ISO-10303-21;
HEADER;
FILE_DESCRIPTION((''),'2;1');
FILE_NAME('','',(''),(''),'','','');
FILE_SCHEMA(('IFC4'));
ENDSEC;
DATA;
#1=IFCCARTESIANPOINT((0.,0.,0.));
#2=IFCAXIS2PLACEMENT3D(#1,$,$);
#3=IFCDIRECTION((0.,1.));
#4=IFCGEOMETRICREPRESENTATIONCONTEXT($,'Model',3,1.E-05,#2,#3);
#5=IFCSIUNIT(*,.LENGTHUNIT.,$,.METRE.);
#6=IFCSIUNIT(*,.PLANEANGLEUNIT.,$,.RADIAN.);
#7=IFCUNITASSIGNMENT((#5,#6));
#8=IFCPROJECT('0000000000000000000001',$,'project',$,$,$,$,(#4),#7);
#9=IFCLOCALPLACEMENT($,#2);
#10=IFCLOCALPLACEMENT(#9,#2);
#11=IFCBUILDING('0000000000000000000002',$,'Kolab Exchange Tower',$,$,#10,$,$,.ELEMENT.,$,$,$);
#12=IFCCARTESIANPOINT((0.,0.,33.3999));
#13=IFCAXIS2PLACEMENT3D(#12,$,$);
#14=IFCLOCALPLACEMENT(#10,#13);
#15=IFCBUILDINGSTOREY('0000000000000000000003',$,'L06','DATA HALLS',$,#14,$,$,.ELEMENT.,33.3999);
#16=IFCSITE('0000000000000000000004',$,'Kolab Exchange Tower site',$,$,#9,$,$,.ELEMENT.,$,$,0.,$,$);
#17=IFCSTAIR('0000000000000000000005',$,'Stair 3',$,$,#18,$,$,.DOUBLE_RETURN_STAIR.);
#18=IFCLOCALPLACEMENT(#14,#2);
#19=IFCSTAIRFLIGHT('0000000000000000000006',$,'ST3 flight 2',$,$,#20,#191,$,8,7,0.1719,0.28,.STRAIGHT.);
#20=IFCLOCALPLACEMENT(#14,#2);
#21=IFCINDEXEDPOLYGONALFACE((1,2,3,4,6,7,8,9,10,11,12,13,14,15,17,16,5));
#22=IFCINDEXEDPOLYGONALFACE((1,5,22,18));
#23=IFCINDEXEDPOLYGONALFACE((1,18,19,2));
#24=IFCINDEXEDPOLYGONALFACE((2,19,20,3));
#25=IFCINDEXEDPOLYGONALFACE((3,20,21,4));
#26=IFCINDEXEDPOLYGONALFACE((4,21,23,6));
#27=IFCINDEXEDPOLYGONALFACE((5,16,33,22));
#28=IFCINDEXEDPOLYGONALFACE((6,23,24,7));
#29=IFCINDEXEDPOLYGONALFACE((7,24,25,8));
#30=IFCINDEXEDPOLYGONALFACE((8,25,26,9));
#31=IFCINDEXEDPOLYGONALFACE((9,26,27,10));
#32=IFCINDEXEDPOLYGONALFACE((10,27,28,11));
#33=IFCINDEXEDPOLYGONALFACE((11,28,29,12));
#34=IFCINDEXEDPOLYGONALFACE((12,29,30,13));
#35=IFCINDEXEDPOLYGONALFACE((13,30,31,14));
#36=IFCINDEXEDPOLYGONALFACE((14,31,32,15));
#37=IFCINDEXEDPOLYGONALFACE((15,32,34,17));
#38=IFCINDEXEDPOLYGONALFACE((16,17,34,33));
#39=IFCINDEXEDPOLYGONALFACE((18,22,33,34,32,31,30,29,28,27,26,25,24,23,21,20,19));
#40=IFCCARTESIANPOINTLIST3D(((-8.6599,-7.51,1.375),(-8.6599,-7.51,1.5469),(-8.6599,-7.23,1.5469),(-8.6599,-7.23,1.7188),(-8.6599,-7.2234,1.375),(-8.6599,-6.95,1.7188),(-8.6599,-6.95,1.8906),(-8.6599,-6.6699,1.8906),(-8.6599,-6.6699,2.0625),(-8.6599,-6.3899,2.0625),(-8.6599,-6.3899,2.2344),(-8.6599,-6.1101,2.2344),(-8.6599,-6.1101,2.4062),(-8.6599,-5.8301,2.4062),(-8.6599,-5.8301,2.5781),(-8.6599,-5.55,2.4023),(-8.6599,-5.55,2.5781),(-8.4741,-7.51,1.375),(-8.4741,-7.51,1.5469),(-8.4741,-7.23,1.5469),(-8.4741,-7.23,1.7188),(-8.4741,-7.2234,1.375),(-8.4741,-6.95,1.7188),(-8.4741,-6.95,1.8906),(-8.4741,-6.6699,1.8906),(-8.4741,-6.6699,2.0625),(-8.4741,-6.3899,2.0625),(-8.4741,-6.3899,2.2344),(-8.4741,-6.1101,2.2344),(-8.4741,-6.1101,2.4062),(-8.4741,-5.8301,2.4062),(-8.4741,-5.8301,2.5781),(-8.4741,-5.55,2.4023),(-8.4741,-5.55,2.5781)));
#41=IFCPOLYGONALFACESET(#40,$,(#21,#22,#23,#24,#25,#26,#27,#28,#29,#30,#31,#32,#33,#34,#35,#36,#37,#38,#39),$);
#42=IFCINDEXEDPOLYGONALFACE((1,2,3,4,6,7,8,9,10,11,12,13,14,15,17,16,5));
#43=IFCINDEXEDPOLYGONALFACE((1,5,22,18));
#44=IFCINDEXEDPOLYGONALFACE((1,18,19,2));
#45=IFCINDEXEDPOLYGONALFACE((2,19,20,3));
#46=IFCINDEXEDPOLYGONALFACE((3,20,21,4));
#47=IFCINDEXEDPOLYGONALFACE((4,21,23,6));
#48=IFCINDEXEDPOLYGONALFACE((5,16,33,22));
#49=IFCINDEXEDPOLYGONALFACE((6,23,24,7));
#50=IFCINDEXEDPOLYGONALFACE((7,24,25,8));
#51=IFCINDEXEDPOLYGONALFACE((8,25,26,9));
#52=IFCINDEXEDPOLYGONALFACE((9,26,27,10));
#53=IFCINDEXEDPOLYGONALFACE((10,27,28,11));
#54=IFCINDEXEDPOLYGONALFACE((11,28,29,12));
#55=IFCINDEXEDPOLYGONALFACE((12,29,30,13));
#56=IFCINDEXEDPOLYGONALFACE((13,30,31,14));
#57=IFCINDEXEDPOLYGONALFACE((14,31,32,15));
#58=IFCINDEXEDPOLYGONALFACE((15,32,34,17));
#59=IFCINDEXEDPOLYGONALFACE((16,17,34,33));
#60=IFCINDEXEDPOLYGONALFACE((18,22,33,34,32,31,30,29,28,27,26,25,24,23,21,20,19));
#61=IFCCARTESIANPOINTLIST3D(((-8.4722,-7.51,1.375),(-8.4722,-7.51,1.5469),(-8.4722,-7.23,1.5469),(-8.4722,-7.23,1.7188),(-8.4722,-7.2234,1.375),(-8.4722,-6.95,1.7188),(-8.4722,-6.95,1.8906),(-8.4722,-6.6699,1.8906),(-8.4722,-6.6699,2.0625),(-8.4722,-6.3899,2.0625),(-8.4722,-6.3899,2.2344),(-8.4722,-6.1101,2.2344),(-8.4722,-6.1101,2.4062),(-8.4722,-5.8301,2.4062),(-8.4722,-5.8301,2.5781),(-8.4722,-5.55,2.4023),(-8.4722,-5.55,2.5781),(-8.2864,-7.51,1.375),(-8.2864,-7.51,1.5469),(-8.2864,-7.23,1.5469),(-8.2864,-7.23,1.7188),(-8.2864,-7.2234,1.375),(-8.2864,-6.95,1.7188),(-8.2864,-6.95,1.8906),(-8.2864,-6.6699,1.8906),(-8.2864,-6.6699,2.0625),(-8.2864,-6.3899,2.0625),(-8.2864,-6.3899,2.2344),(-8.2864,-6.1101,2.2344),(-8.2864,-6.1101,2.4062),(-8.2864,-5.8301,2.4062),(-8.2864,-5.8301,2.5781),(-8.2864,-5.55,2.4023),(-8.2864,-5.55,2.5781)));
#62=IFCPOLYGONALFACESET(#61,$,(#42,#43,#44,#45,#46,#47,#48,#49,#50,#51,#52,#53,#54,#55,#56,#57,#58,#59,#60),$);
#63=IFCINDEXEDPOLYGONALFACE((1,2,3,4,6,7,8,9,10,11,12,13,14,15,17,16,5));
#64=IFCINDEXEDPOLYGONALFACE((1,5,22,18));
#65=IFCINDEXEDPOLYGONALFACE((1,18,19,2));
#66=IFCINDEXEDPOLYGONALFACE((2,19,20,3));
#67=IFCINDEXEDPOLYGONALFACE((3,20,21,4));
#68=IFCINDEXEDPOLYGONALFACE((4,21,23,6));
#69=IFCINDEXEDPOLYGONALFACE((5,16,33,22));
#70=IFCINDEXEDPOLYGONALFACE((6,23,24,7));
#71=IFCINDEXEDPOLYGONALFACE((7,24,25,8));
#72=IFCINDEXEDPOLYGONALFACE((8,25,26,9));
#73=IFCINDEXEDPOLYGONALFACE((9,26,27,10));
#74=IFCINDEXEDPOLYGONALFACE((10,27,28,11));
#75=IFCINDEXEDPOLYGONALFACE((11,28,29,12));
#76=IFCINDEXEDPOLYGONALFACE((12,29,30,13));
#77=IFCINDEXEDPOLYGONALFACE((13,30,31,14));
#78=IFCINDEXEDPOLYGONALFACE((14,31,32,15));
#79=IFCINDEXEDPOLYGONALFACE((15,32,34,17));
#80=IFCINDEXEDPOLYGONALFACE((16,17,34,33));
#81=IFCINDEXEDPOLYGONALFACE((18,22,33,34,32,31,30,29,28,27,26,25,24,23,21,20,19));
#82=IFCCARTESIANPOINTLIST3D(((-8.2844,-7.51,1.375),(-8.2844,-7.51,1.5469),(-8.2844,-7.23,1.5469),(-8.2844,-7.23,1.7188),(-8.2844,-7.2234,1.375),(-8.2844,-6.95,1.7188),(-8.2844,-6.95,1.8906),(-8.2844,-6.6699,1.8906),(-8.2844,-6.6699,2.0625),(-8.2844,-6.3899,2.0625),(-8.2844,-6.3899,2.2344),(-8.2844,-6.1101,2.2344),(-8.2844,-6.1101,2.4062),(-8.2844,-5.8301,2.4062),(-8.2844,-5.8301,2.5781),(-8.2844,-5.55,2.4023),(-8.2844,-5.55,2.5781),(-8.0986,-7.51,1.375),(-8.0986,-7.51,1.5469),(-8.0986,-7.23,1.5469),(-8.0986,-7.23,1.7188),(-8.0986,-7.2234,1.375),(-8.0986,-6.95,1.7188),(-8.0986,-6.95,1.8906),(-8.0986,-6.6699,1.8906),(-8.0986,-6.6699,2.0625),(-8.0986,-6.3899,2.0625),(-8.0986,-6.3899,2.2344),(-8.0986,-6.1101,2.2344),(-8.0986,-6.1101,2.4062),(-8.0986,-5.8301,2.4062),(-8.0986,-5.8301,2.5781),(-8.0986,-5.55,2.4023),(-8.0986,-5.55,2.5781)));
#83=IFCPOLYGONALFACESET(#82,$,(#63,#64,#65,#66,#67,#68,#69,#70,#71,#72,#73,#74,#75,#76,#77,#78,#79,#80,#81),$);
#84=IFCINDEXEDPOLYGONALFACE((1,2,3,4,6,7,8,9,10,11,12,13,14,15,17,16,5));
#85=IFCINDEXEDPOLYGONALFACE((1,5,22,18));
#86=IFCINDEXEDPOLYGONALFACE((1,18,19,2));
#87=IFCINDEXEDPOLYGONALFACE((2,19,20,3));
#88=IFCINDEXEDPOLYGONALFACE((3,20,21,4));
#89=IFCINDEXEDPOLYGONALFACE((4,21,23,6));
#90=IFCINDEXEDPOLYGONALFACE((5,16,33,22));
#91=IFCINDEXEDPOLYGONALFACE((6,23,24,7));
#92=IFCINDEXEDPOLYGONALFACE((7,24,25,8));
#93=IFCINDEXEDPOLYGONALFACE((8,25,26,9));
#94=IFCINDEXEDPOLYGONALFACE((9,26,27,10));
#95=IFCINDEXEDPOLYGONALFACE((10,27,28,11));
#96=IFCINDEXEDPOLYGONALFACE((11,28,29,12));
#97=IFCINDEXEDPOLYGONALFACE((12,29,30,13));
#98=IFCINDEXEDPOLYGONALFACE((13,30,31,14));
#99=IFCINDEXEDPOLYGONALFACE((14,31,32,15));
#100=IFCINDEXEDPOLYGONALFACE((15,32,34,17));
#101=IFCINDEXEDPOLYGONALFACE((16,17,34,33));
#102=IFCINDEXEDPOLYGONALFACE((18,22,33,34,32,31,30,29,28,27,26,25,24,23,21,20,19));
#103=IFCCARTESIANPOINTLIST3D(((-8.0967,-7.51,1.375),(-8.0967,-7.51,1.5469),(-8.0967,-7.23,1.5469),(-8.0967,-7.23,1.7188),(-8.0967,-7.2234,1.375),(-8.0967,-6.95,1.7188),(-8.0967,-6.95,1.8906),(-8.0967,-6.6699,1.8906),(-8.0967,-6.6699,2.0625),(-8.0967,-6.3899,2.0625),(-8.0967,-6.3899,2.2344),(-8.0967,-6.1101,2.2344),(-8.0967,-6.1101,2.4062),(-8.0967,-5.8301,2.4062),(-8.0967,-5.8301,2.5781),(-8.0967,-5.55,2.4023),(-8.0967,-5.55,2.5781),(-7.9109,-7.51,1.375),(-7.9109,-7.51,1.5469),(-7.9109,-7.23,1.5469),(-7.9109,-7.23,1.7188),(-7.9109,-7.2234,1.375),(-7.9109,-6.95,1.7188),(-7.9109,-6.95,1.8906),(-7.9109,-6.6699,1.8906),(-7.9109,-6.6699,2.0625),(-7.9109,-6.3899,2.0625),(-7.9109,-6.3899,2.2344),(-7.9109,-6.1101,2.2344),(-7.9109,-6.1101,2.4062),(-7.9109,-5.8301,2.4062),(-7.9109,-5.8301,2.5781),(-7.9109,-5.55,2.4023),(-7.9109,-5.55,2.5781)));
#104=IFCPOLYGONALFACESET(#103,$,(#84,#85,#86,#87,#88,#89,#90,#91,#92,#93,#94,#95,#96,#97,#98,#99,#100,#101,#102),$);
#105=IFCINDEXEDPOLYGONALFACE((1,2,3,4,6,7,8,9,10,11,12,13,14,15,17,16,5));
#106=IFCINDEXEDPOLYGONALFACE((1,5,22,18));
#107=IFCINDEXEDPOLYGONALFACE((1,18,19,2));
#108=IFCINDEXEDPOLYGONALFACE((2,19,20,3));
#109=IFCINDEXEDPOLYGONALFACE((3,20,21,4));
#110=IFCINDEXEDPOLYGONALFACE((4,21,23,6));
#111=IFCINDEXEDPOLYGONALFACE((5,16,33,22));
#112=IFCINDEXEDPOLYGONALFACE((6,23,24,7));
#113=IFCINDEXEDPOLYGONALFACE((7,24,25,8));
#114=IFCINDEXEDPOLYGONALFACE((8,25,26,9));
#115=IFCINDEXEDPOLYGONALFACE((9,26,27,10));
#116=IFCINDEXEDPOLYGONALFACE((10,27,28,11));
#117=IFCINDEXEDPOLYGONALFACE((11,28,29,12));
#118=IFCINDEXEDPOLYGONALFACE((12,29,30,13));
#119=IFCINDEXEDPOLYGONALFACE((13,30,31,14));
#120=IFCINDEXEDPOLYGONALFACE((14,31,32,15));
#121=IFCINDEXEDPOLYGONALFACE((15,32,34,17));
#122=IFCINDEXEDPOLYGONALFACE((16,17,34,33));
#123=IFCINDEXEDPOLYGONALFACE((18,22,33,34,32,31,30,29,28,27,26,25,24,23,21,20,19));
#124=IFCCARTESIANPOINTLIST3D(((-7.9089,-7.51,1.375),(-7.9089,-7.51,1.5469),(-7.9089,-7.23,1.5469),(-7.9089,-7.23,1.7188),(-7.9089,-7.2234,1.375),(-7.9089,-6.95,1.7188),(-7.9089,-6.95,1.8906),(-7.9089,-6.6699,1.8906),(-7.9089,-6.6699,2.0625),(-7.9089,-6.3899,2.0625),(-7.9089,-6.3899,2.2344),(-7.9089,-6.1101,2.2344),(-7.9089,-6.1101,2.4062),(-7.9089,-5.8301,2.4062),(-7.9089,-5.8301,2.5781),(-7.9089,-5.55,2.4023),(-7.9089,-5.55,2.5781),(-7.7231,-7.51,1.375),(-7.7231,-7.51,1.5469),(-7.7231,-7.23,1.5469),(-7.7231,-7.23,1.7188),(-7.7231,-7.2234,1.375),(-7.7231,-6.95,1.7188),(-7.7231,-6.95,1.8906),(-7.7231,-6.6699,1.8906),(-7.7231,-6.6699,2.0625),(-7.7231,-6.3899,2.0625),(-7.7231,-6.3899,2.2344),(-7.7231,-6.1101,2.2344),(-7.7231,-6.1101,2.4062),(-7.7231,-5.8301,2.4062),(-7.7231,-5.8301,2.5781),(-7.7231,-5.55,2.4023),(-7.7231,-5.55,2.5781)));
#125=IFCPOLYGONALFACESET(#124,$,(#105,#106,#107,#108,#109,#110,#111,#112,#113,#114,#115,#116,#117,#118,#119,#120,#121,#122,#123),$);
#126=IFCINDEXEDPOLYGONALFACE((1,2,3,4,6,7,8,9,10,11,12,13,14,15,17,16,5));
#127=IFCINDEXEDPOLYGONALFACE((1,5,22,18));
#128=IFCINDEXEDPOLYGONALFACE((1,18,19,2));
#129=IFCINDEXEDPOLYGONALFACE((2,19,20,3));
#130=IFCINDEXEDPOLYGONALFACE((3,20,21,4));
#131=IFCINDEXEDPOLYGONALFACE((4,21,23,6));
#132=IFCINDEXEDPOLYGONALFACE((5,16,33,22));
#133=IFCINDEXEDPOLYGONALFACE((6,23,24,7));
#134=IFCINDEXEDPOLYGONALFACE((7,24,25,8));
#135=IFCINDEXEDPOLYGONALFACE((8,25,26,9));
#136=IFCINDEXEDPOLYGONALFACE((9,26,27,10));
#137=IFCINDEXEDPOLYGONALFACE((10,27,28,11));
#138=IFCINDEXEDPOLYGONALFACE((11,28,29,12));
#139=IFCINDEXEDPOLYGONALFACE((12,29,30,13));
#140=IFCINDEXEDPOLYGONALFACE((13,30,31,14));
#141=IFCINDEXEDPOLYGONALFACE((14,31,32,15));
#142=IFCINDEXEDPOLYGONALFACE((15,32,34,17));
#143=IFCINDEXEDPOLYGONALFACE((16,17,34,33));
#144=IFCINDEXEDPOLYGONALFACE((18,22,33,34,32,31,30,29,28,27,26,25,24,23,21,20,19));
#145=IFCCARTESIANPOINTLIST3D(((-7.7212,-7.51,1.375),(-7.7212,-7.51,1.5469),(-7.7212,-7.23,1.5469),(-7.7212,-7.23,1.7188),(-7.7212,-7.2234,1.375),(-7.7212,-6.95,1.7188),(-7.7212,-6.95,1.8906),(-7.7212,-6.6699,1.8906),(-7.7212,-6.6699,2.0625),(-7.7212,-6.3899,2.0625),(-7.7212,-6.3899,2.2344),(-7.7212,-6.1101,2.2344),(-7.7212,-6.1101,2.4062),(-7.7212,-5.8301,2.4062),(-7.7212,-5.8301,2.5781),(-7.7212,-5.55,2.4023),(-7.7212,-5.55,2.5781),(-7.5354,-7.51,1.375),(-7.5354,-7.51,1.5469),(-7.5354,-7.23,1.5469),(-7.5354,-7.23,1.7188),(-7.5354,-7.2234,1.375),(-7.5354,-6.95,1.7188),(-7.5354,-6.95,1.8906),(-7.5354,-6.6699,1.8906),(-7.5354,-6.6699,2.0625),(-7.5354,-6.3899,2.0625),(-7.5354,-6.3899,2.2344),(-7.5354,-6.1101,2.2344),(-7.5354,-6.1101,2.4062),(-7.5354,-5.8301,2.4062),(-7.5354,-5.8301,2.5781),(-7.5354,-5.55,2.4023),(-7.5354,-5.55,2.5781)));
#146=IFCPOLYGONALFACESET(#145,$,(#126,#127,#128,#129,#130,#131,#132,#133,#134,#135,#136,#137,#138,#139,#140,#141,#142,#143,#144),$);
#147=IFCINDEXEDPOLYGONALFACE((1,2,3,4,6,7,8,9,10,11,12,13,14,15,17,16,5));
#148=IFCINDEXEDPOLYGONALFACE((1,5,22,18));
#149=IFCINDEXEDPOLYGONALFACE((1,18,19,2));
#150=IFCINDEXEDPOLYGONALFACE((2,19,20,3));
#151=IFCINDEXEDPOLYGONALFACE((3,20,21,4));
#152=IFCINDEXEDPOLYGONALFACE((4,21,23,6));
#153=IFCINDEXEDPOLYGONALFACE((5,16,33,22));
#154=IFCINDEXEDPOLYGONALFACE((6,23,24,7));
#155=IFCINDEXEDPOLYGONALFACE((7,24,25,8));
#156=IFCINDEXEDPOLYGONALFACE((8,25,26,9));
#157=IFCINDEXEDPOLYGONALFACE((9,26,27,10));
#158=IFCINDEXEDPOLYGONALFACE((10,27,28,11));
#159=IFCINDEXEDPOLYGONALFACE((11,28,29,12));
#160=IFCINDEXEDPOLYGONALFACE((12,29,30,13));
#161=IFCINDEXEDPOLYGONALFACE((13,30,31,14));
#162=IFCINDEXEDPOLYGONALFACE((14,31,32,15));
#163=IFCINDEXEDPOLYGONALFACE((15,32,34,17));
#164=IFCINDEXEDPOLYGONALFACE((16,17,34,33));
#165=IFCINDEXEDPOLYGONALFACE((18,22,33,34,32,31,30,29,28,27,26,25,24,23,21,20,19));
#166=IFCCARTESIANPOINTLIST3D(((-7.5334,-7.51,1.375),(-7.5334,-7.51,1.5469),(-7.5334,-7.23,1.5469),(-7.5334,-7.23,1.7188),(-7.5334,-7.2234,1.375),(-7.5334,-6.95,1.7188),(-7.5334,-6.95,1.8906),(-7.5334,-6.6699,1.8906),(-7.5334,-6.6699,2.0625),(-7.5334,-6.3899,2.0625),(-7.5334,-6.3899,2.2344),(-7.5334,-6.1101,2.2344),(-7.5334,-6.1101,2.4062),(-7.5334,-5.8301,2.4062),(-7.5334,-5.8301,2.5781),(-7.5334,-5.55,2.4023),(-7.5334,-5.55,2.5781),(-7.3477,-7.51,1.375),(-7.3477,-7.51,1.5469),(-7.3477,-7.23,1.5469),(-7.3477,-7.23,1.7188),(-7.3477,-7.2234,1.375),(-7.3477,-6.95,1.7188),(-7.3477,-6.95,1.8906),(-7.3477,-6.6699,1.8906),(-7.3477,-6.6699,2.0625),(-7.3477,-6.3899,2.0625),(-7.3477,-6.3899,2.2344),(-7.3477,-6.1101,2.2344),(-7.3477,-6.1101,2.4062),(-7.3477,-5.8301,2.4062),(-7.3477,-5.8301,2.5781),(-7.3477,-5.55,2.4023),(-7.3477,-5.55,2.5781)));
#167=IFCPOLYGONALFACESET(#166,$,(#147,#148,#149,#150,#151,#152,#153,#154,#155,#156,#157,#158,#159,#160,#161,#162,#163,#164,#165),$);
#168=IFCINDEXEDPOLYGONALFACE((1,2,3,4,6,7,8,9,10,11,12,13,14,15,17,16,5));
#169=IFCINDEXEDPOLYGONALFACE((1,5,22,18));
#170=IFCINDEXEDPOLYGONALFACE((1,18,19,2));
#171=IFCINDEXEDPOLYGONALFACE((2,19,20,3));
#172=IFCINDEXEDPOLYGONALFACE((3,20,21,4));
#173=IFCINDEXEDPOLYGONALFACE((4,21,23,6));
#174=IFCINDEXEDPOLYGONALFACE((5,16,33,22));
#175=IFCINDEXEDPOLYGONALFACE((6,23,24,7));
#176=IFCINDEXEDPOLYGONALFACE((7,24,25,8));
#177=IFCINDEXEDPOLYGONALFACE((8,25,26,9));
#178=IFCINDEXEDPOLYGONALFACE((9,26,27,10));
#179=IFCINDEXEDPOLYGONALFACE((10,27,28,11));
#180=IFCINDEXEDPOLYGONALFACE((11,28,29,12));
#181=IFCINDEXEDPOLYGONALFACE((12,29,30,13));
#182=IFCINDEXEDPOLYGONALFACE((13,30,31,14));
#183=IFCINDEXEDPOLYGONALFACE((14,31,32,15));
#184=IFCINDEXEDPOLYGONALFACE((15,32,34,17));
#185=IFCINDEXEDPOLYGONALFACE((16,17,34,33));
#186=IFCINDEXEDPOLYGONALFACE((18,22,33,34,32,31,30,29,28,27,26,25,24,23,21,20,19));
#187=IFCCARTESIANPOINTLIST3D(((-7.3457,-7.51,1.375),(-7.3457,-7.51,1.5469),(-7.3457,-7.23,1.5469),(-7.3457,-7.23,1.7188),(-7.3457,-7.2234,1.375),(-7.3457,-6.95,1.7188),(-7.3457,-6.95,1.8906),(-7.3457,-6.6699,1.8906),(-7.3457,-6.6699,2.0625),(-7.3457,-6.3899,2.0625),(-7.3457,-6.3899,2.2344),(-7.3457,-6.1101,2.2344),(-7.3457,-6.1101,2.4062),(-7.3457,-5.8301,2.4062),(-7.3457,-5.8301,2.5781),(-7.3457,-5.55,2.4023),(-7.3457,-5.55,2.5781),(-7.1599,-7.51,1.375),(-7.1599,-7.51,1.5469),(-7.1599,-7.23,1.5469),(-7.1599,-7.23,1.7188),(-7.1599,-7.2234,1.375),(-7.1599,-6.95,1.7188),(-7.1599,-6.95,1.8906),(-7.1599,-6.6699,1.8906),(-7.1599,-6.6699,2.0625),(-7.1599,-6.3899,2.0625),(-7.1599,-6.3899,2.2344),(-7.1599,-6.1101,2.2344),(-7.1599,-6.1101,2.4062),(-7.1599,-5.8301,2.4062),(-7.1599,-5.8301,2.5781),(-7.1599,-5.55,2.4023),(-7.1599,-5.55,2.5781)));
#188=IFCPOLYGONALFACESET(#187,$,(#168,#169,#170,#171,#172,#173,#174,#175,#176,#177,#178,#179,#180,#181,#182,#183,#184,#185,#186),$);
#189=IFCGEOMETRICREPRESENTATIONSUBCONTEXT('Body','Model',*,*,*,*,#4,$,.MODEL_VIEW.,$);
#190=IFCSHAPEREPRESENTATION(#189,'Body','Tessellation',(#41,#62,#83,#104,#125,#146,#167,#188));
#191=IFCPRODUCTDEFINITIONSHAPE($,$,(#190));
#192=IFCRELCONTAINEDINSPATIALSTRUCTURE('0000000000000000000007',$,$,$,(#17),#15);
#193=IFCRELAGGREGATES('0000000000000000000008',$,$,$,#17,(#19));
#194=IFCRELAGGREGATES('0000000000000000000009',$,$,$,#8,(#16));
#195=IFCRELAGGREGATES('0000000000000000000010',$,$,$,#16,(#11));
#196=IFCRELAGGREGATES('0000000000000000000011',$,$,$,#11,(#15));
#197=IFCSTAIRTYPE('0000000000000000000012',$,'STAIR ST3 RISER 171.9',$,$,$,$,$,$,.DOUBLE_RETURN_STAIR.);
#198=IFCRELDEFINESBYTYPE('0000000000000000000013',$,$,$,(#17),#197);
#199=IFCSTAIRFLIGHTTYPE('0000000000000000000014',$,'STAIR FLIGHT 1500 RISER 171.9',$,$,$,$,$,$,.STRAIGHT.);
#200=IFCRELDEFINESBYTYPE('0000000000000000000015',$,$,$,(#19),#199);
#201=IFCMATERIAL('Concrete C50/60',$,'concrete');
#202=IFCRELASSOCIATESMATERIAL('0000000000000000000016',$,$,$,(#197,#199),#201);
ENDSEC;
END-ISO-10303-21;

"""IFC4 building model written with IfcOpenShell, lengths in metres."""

from ifc_helpers import new_model, si_unit, direction, frame, origin, place, context, subcontext, project, spatial, polyline, outline, extrude, material, type_object, element, aggregate, save


model = new_model("IFC4")

# Units and contexts
model_context = context("Model", 3, precision=1e-05, world=origin(), true_north=direction((0.0, 1.0)))
body_context = subcontext(model_context, "Body", "Model", "MODEL_VIEW")
ifc_project = project(units=[si_unit("LENGTHUNIT", "METRE"), si_unit("PLANEANGLEUNIT", "RADIAN")], contexts=[model_context])

# Site, building, storey
site_placement = place(None, origin())
site = spatial("IfcSite", under=ifc_project, at=site_placement, Name="Kolab Exchange Tower site", CompositionType="ELEMENT", RefElevation=0.0)
building_placement = place(site_placement, origin())
building = spatial("IfcBuilding", under=site, at=building_placement, Name="Kolab Exchange Tower", CompositionType="ELEMENT")
storey_placement = place(building_placement, frame((0.0, 0.0, 33.3999)))
storey = spatial("IfcBuildingStorey", under=building, at=storey_placement, Name="L06", Description="DATA HALLS", CompositionType="ELEMENT", Elevation=33.3999)

# Shared definitions
ifc_material_1 = material(Name="Concrete C50/60", Category="concrete")

# Stair, stair flight
stair_type = type_object("IfcStairType", Name="STAIR ST3 RISER 171.9", PredefinedType="DOUBLE_RETURN_STAIR", material=ifc_material_1)
stair_placement = place(storey_placement, origin())
stair = element("IfcStair", 1, at=stair_placement, inside=storey, type_object=stair_type, Name="Stair 3", PredefinedType="DOUBLE_RETURN_STAIR")
stair_flight_type = type_object("IfcStairFlightType", Name="STAIR FLIGHT 1500 RISER 171.9", PredefinedType="STRAIGHT", material=ifc_material_1)
stair_flight_1_placement = place(storey_placement, frame((-7.9099, -7.51, 1.375), z_axis=(0.0, 0.0, 1.0), x_axis=(0.0, 1.0, 0.0)))
stair_flight_1 = element("IfcStairFlight", 2, at=stair_flight_1_placement, type_object=stair_flight_type, Name="ST3 flight 2", NumberOfRisers=8, NumberOfTreads=7, PredefinedType="STRAIGHT", RiserHeight=0.1719, TreadLength=0.28, context=body_context, shape_type="SweptSolid", body=[
    extrude(outline(polyline([(0.0, 0.0), (0.0, 0.1719), (0.28, 0.1719), (0.28, 0.3438), (0.5601, 0.3438), (0.5601, 0.5156), (0.8401, 0.5156), (0.8401, 0.6875), (1.1201, 0.6875), (1.1201, 0.8594), (1.3999, 0.8594), (1.3999, 1.0312), (1.6799, 1.0312), (1.6799, 1.2031), (1.96, 1.2031), (1.96, 1.375), (1.96, 1.0273), (0.2866, 0.0), (0.0, 0.0)])), frame((0.0, 0.75, 0.0), z_axis=(0.0, -1.0, 0.0), x_axis=(1.0, 0.0, 0.0)), (0.0, 0.0, 1.0), 0.1858),
    extrude(outline(polyline([(0.0, 0.0), (0.0, 0.1719), (0.28, 0.1719), (0.28, 0.3438), (0.5601, 0.3438), (0.5601, 0.5156), (0.8401, 0.5156), (0.8401, 0.6875), (1.1201, 0.6875), (1.1201, 0.8594), (1.3999, 0.8594), (1.3999, 1.0312), (1.6799, 1.0312), (1.6799, 1.2031), (1.96, 1.2031), (1.96, 1.375), (1.96, 1.0273), (0.2866, 0.0), (0.0, 0.0)])), frame((0.0, 0.5623, 0.0), z_axis=(0.0, -1.0, 0.0), x_axis=(1.0, 0.0, 0.0)), (0.0, 0.0, 1.0), 0.1858),
    extrude(outline(polyline([(0.0, 0.0), (0.0, 0.1719), (0.28, 0.1719), (0.28, 0.3438), (0.5601, 0.3438), (0.5601, 0.5156), (0.8401, 0.5156), (0.8401, 0.6875), (1.1201, 0.6875), (1.1201, 0.8594), (1.3999, 0.8594), (1.3999, 1.0312), (1.6799, 1.0312), (1.6799, 1.2031), (1.96, 1.2031), (1.96, 1.375), (1.96, 1.0273), (0.2866, 0.0), (0.0, 0.0)])), frame((0.0, 0.3745, 0.0), z_axis=(0.0, -1.0, 0.0), x_axis=(1.0, 0.0, 0.0)), (0.0, 0.0, 1.0), 0.1858),
    extrude(outline(polyline([(0.0, 0.0), (0.0, 0.1719), (0.28, 0.1719), (0.28, 0.3438), (0.5601, 0.3438), (0.5601, 0.5156), (0.8401, 0.5156), (0.8401, 0.6875), (1.1201, 0.6875), (1.1201, 0.8594), (1.3999, 0.8594), (1.3999, 1.0312), (1.6799, 1.0312), (1.6799, 1.2031), (1.96, 1.2031), (1.96, 1.375), (1.96, 1.0273), (0.2866, 0.0), (0.0, 0.0)])), frame((0.0, 0.1868, 0.0), z_axis=(0.0, -1.0, 0.0), x_axis=(1.0, 0.0, 0.0)), (0.0, 0.0, 1.0), 0.1858),
    extrude(outline(polyline([(0.0, 0.0), (0.0, 0.1719), (0.28, 0.1719), (0.28, 0.3438), (0.5601, 0.3438), (0.5601, 0.5156), (0.8401, 0.5156), (0.8401, 0.6875), (1.1201, 0.6875), (1.1201, 0.8594), (1.3999, 0.8594), (1.3999, 1.0312), (1.6799, 1.0312), (1.6799, 1.2031), (1.96, 1.2031), (1.96, 1.375), (1.96, 1.0273), (0.2866, 0.0), (0.0, 0.0)])), frame((0.0, -0.001, 0.0), z_axis=(0.0, -1.0, 0.0), x_axis=(1.0, 0.0, 0.0)), (0.0, 0.0, 1.0), 0.1858),
    extrude(outline(polyline([(0.0, 0.0), (0.0, 0.1719), (0.28, 0.1719), (0.28, 0.3438), (0.5601, 0.3438), (0.5601, 0.5156), (0.8401, 0.5156), (0.8401, 0.6875), (1.1201, 0.6875), (1.1201, 0.8594), (1.3999, 0.8594), (1.3999, 1.0312), (1.6799, 1.0312), (1.6799, 1.2031), (1.96, 1.2031), (1.96, 1.375), (1.96, 1.0273), (0.2866, 0.0), (0.0, 0.0)])), frame((0.0, -0.1887, 0.0), z_axis=(0.0, -1.0, 0.0), x_axis=(1.0, 0.0, 0.0)), (0.0, 0.0, 1.0), 0.1858),
    extrude(outline(polyline([(0.0, 0.0), (0.0, 0.1719), (0.28, 0.1719), (0.28, 0.3438), (0.5601, 0.3438), (0.5601, 0.5156), (0.8401, 0.5156), (0.8401, 0.6875), (1.1201, 0.6875), (1.1201, 0.8594), (1.3999, 0.8594), (1.3999, 1.0312), (1.6799, 1.0312), (1.6799, 1.2031), (1.96, 1.2031), (1.96, 1.375), (1.96, 1.0273), (0.2866, 0.0), (0.0, 0.0)])), frame((0.0, -0.3765, 0.0), z_axis=(0.0, -1.0, 0.0), x_axis=(1.0, 0.0, 0.0)), (0.0, 0.0, 1.0), 0.1858),
    extrude(outline(polyline([(0.0, 0.0), (0.0, 0.1719), (0.28, 0.1719), (0.28, 0.3438), (0.5601, 0.3438), (0.5601, 0.5156), (0.8401, 0.5156), (0.8401, 0.6875), (1.1201, 0.6875), (1.1201, 0.8594), (1.3999, 0.8594), (1.3999, 1.0312), (1.6799, 1.0312), (1.6799, 1.2031), (1.96, 1.2031), (1.96, 1.375), (1.96, 1.0273), (0.2866, 0.0), (0.0, 0.0)])), frame((0.0, -0.5642, 0.0), z_axis=(0.0, -1.0, 0.0), x_axis=(1.0, 0.0, 0.0)), (0.0, 0.0, 1.0), 0.1858),
])
aggregate(stair, [stair_flight_1])

save(model, "model.ifc")
